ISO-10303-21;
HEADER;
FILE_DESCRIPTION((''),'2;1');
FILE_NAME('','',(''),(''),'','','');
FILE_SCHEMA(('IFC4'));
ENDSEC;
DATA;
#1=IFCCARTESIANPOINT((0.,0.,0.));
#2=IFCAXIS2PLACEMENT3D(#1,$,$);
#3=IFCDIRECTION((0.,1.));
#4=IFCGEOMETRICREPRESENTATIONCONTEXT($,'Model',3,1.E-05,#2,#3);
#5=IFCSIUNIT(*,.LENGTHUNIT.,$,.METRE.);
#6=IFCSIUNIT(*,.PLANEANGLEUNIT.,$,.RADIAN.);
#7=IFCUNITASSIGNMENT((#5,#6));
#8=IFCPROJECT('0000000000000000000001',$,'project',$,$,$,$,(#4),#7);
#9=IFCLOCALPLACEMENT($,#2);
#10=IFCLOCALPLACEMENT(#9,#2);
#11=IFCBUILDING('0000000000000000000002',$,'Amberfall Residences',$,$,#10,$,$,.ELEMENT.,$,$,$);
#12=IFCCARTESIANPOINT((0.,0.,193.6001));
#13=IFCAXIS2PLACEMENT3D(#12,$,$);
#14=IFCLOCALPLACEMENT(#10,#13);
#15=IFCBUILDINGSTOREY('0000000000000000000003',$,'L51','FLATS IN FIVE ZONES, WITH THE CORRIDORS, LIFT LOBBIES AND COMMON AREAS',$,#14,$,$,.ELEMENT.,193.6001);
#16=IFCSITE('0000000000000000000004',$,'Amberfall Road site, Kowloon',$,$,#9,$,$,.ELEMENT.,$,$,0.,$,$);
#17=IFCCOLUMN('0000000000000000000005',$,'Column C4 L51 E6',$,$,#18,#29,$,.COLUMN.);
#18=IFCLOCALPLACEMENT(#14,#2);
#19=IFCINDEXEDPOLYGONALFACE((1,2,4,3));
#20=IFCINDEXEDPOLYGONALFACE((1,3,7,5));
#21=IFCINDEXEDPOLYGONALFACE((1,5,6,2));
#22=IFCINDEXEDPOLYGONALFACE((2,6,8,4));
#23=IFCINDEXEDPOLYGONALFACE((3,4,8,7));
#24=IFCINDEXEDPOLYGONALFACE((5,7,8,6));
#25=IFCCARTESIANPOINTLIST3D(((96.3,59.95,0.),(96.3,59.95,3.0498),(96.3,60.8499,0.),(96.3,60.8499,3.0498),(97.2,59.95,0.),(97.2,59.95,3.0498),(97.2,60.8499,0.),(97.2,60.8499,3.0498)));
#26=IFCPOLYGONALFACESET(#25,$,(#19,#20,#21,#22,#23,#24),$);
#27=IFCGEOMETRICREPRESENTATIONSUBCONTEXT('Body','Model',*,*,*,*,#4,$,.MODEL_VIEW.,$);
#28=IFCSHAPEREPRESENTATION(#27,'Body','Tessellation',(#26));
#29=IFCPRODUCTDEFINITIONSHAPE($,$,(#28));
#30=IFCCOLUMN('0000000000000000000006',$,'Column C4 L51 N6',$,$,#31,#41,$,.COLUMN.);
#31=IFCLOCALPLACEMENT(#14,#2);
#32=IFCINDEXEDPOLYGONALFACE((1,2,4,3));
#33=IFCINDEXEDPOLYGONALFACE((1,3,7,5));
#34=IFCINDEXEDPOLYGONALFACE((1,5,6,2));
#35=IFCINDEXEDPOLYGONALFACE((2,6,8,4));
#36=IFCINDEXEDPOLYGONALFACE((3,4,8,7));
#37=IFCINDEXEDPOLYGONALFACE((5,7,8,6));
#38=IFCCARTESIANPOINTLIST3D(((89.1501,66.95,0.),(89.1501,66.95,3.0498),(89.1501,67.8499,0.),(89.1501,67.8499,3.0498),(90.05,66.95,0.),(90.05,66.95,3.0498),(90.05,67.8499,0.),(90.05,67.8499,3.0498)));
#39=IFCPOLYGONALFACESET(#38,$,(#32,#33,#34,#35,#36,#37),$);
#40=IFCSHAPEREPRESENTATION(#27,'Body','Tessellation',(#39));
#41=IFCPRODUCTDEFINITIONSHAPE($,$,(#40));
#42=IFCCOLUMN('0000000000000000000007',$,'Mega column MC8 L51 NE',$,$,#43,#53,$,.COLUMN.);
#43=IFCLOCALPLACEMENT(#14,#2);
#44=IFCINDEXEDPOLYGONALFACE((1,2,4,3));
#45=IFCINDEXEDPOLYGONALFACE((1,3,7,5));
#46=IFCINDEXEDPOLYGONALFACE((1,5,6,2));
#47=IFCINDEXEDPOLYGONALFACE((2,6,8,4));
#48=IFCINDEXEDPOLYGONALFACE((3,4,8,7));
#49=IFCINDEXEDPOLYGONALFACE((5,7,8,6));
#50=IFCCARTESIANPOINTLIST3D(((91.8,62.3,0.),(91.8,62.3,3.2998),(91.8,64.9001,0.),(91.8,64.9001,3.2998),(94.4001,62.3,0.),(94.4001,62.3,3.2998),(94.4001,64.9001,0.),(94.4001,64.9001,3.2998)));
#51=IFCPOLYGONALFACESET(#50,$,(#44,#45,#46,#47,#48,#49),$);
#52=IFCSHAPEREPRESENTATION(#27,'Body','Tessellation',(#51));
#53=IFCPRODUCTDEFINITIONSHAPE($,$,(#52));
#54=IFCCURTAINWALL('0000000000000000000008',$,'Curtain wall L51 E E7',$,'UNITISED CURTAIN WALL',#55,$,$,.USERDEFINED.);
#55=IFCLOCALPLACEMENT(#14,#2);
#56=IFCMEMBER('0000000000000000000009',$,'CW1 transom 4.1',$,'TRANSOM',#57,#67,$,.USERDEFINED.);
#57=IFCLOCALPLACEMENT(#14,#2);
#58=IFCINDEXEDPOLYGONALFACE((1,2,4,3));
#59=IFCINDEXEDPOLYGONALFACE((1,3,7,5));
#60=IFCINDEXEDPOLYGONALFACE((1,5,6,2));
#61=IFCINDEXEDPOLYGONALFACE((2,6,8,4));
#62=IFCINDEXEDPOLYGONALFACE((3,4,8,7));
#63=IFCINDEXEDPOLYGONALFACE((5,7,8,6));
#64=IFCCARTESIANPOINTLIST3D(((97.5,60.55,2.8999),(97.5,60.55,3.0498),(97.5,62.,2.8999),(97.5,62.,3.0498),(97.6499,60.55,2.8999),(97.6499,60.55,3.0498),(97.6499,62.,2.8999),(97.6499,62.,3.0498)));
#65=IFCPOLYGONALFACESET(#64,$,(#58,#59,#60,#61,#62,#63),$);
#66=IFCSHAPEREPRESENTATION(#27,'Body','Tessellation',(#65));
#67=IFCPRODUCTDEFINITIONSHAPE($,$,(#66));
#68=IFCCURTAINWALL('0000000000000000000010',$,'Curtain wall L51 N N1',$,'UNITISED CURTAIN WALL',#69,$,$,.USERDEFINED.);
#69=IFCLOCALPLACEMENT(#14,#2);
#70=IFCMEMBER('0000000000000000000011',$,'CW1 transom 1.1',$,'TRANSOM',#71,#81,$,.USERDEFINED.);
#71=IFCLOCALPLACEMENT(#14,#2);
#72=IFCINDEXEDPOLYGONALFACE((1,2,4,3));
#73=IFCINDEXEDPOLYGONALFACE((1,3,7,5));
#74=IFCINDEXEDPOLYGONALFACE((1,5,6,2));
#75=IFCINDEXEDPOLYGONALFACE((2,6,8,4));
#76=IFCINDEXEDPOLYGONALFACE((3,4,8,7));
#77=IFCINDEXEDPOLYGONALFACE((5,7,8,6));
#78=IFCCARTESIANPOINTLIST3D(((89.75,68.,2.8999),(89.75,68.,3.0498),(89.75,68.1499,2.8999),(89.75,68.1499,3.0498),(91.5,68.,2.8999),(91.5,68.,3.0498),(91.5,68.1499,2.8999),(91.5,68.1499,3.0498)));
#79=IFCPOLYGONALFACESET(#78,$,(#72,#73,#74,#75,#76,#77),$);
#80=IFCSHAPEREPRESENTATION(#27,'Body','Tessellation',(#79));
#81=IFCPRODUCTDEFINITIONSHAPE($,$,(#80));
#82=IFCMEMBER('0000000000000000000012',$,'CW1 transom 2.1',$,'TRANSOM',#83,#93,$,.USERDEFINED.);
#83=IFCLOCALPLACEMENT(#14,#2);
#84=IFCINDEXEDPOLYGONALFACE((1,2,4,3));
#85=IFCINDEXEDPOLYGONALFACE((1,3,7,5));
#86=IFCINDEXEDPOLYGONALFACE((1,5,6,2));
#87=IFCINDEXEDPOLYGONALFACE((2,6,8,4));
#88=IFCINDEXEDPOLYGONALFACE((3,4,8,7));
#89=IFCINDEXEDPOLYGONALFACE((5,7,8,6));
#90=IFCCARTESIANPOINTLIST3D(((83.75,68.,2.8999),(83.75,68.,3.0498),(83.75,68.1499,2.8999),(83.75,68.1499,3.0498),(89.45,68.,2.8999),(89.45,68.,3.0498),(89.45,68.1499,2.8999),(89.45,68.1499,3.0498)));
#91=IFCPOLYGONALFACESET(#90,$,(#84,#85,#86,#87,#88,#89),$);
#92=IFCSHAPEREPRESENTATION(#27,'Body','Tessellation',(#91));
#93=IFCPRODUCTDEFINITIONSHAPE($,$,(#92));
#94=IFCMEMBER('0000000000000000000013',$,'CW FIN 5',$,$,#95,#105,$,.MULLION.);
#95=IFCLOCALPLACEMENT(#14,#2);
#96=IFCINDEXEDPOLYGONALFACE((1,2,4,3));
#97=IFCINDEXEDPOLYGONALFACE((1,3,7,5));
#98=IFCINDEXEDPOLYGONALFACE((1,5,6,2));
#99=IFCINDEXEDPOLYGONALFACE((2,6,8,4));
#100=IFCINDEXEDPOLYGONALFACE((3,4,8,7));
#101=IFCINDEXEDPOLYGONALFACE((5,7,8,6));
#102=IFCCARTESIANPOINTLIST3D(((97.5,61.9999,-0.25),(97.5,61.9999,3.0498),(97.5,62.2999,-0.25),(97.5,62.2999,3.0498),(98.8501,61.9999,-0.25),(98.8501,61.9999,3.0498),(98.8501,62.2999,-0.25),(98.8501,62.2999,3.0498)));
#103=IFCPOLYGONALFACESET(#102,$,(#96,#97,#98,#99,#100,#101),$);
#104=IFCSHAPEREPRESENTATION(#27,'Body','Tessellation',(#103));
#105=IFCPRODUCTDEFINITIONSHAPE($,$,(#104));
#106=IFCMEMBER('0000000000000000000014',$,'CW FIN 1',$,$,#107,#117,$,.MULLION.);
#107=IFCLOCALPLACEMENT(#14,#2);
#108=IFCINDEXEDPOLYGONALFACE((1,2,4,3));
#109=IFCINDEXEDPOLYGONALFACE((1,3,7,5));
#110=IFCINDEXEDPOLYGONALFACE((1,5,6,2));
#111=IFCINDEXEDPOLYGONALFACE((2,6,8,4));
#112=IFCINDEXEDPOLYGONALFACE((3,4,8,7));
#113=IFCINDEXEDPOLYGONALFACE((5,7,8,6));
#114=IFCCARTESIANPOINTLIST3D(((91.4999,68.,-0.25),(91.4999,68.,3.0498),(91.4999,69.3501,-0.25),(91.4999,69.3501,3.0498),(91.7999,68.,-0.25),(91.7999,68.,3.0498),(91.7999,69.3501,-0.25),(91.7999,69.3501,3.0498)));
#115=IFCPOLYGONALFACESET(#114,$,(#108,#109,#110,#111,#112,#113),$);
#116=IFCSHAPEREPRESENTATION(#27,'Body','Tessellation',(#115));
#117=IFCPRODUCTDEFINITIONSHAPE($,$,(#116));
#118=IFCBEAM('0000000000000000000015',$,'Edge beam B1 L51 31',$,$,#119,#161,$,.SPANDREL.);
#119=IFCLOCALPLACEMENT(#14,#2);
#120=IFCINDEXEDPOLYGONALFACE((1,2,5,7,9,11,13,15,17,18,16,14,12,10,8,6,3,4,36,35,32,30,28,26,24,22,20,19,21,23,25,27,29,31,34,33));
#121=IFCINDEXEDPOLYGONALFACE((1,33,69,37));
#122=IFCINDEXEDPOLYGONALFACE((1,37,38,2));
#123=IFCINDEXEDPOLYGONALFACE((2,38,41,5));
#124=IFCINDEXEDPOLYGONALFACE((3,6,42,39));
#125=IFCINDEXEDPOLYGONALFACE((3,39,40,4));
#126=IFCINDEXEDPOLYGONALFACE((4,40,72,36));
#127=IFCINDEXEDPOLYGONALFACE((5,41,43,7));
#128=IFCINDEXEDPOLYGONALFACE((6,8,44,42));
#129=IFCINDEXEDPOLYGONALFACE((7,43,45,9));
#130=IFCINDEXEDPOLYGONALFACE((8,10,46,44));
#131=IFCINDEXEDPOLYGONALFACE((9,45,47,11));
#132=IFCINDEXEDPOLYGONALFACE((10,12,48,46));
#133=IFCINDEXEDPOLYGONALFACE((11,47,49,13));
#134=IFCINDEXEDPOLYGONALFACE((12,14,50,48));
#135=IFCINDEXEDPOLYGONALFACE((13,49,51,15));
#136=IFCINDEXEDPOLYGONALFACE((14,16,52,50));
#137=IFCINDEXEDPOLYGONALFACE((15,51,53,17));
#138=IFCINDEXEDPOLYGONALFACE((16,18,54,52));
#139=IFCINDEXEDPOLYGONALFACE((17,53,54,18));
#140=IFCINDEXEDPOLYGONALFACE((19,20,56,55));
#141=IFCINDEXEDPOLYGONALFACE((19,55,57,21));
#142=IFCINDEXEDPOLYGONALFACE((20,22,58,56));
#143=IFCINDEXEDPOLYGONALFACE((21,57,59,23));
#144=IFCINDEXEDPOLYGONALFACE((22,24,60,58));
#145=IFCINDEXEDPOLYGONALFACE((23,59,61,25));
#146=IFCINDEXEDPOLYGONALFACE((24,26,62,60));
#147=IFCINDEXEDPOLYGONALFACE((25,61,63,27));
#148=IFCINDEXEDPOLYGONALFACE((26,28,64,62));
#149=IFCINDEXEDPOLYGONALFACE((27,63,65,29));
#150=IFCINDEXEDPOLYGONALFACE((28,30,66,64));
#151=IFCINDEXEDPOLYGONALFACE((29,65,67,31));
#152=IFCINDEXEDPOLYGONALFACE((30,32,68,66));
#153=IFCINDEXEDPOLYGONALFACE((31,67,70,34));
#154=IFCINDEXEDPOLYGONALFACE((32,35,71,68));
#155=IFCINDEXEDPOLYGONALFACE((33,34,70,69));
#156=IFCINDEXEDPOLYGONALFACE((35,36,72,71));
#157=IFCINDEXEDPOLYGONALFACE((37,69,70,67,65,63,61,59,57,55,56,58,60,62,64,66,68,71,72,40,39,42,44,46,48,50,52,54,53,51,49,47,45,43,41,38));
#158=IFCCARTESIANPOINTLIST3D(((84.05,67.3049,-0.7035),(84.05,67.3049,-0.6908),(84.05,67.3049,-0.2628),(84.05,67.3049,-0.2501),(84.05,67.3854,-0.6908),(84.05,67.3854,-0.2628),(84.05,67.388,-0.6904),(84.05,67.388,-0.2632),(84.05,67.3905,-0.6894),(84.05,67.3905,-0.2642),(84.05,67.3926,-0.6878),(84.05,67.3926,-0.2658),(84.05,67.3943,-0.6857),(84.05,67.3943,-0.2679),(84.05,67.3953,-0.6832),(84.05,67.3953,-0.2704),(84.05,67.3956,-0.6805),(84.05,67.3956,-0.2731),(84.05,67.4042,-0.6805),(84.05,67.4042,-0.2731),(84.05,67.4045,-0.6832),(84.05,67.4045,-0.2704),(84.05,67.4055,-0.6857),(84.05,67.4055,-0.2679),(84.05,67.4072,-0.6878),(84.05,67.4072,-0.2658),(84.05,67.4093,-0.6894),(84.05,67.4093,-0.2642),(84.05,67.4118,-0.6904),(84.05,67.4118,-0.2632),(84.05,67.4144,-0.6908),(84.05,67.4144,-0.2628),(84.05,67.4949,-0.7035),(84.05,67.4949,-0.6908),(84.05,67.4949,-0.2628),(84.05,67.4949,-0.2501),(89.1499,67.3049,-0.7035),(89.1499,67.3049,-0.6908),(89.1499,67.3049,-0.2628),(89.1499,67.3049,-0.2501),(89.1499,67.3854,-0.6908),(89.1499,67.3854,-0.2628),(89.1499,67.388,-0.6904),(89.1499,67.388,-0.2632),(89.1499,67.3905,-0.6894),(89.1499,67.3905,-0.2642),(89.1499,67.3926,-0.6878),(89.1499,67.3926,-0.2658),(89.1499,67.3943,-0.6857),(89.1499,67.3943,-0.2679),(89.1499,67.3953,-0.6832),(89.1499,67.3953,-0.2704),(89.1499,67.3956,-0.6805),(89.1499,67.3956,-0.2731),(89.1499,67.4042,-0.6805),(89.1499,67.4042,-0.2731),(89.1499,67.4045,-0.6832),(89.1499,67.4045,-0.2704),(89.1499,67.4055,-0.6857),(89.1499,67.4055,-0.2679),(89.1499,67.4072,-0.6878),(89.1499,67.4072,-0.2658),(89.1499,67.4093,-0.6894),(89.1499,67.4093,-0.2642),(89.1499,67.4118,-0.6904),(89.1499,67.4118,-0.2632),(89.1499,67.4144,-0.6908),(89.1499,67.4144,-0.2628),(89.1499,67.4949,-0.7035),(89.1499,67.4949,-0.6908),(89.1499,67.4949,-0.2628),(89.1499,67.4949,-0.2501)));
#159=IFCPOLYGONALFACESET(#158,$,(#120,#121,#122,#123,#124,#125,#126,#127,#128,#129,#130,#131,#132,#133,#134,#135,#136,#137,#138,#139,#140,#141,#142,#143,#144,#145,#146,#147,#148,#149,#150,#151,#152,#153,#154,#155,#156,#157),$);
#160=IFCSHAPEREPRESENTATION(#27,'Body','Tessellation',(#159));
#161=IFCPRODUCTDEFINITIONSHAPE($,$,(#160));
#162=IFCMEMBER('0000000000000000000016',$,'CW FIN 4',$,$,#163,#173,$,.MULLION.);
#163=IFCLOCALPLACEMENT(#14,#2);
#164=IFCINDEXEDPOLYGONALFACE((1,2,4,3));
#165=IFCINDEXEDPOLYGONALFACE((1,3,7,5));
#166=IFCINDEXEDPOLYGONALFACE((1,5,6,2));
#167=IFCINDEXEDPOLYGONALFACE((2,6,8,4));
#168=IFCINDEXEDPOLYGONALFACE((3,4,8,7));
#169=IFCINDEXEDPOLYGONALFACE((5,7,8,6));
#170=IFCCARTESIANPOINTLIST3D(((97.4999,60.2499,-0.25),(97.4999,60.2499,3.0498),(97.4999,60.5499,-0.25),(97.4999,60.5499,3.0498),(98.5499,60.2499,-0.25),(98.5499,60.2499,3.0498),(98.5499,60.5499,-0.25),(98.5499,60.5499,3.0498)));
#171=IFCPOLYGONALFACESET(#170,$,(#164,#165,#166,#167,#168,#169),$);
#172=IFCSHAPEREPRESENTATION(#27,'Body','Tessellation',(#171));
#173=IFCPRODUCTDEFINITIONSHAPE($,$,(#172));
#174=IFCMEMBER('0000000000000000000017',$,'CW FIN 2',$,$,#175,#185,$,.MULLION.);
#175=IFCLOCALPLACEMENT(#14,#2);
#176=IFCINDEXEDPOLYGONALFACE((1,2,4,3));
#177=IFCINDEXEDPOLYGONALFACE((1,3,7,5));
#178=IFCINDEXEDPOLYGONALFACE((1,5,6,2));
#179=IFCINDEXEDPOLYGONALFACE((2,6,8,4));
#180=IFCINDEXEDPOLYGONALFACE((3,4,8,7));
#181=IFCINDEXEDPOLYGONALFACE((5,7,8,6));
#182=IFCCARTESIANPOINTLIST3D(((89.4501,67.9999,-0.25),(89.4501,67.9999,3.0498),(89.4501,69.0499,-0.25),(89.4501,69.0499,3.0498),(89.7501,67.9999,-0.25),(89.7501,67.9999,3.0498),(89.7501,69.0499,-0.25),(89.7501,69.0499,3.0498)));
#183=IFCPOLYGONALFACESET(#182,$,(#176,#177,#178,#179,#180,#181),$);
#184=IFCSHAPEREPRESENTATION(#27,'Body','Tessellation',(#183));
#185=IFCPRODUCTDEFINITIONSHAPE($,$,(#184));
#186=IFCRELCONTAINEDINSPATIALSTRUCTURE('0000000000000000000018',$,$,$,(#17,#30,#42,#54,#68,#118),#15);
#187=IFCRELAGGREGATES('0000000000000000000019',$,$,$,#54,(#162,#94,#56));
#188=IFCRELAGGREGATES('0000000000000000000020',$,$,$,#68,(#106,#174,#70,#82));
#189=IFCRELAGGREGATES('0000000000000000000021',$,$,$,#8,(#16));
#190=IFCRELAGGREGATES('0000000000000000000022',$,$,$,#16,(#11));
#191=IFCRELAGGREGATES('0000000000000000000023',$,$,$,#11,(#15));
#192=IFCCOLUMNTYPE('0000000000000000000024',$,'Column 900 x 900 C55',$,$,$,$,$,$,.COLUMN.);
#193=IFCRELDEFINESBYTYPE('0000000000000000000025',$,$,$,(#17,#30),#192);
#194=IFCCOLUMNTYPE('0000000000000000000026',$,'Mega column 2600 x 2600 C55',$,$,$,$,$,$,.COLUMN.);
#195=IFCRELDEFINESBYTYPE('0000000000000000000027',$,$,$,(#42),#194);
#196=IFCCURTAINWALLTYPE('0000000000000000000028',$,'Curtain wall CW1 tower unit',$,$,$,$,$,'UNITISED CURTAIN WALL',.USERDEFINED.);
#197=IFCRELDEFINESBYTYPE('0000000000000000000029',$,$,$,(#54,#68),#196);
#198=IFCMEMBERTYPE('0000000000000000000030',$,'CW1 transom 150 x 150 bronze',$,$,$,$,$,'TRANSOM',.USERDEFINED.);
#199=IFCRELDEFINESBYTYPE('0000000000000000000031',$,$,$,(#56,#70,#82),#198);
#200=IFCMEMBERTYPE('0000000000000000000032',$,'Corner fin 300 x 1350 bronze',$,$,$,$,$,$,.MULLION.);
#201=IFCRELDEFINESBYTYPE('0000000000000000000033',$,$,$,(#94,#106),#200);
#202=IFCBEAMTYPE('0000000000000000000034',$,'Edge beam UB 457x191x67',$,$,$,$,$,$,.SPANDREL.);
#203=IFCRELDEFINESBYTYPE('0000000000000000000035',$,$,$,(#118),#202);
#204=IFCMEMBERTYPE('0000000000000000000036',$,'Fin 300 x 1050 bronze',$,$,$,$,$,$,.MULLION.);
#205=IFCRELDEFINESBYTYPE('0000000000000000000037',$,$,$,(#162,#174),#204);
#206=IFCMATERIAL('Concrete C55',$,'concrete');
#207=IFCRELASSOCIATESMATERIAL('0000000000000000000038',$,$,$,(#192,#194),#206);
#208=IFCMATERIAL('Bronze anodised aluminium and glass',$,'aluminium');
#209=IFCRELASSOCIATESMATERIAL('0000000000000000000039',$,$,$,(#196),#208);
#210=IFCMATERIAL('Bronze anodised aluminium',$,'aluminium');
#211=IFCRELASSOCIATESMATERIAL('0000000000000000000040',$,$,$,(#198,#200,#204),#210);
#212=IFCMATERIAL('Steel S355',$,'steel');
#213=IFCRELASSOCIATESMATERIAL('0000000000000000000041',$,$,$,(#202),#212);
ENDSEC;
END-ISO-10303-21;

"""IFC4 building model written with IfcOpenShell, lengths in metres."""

from ifc_helpers import new_model, si_unit, direction, frame, origin, origin_2d, place, context, subcontext, project, spatial, rectangle, i_section, extrude, material, material_profile, profile_set, type_object, element, aggregate, save


model = new_model("IFC4")

# Units and contexts
model_context = context("Model", 3, precision=1e-05, world=origin(), true_north=direction((0.0, 1.0)))
body_context = subcontext(model_context, "Body", "Model", "MODEL_VIEW")
ifc_project = project(units=[si_unit("LENGTHUNIT", "METRE"), si_unit("PLANEANGLEUNIT", "RADIAN")], contexts=[model_context])

# Site, building, storey
site_placement = place(None, origin())
site = spatial("IfcSite", under=ifc_project, at=site_placement, Name="Amberfall Road site, Kowloon", CompositionType="ELEMENT", RefElevation=0.0)
building_placement = place(site_placement, origin())
building = spatial("IfcBuilding", under=site, at=building_placement, Name="Amberfall Residences", CompositionType="ELEMENT")
storey_placement = place(building_placement, frame((0.0, 0.0, 193.6001)))
storey = spatial("IfcBuildingStorey", under=building, at=storey_placement, Name="L51", Description="FLATS IN FIVE ZONES, WITH THE CORRIDORS, LIFT LOBBIES AND COMMON AREAS", CompositionType="ELEMENT", Elevation=193.6001)

# Columns
ifc_material_1 = material(Name="Concrete C55", Category="concrete")
ifc_material_profile_1 = material_profile(ifc_material_1, rectangle(XDim=0.8999, YDim=0.8999, at=origin_2d()), Name="Column 900 x 900 C55")
ifc_profile_set_1 = profile_set([ifc_material_profile_1], Name="Concrete C55")
column_type_1 = type_object("IfcColumnType", Name="Column 900 x 900 C55", PredefinedType="COLUMN", material=ifc_profile_set_1)
for number, where, z_axis, x_axis, name in (
    (1, (96.75, 60.3999, 0.0), (0.0, 0.0, 1.0), (1.0, 0.0, 0.0), "Column C4 L51 E6"),
    (2, (89.6001, 67.3999, 0.0), (0.0, 0.0, 1.0), (1.0, 0.0, 0.0), "Column C4 L51 N6"),
):
    element("IfcColumn", number, at=place(storey_placement, frame(where, z_axis=z_axis, x_axis=x_axis)), inside=storey, type_object=column_type_1, Name=name, PredefinedType="COLUMN", context=body_context, shape_type="SweptSolid", body=[
        extrude(rectangle(XDim=0.8999, YDim=0.8999, at=origin_2d()), origin(), (0.0, 0.0, 1.0), 3.0498),
    ])
ifc_material_profile_2 = material_profile(ifc_material_1, rectangle(XDim=2.6001, YDim=2.6001, at=origin_2d()), Name="Mega column 2600 x 2600 C55")
ifc_profile_set_2 = profile_set([ifc_material_profile_2], Name="Concrete C55")
column_type_2 = type_object("IfcColumnType", Name="Mega column 2600 x 2600 C55", PredefinedType="COLUMN", material=ifc_profile_set_2)
column_placement = place(storey_placement, frame((93.1001, 63.6001, 0.0), z_axis=(0.0, 0.0, 1.0), x_axis=(1.0, 0.0, 0.0)))
element("IfcColumn", 3, at=column_placement, inside=storey, type_object=column_type_2, Name="Mega column MC8 L51 NE", PredefinedType="COLUMN", context=body_context, shape_type="SweptSolid", body=[
    extrude(rectangle(XDim=2.6001, YDim=2.6001, at=origin_2d()), origin(), (0.0, 0.0, 1.0), 3.2998),
])

# Curtain wall, member
ifc_material_2 = material(Name="Bronze anodised aluminium and glass", Category="aluminium")
curtain_wall_type = type_object("IfcCurtainWallType", Name="Curtain wall CW1 tower unit", ElementType="UNITISED CURTAIN WALL", PredefinedType="USERDEFINED", material=ifc_material_2)
curtain_wall_1_placement = place(storey_placement, origin())
curtain_wall_1 = element("IfcCurtainWall", 4, at=curtain_wall_1_placement, inside=storey, type_object=curtain_wall_type, Name="Curtain wall L51 E E7", ObjectType="UNITISED CURTAIN WALL", PredefinedType="USERDEFINED")
ifc_material_3 = material(Name="Bronze anodised aluminium", Category="aluminium")
ifc_material_profile_3 = material_profile(ifc_material_3, rectangle(XDim=0.1499, YDim=0.1499, at=origin_2d()), Name="CW1 transom 150 x 150 bronze")
ifc_profile_set_3 = profile_set([ifc_material_profile_3], Name="Bronze anodised aluminium")
member_type_1 = type_object("IfcMemberType", Name="CW1 transom 150 x 150 bronze", ElementType="TRANSOM", PredefinedType="USERDEFINED", material=ifc_profile_set_3)
member_1_placement = place(storey_placement, frame((97.575, 60.55, 2.9749), z_axis=(0.0, 1.0, 0.0), x_axis=(-1.0, 0.0, 0.0)))
member_1 = element("IfcMember", 5, at=member_1_placement, type_object=member_type_1, Name="CW1 transom 4.1", ObjectType="TRANSOM", PredefinedType="USERDEFINED", context=body_context, shape_type="SweptSolid", body=[
    extrude(rectangle(XDim=0.1499, YDim=0.1499, at=origin_2d()), origin(), (0.0, 0.0, 1.0), 1.45),
])

# Curtain wall, members
curtain_wall_2_placement = place(storey_placement, origin())
curtain_wall_2 = element("IfcCurtainWall", 6, at=curtain_wall_2_placement, inside=storey, type_object=curtain_wall_type, Name="Curtain wall L51 N N1", ObjectType="UNITISED CURTAIN WALL", PredefinedType="USERDEFINED")
member_2_placement = place(storey_placement, frame((91.5, 68.075, 2.9749), z_axis=(-1.0, 0.0, 0.0), x_axis=(0.0, -1.0, 0.0)))
member_2 = element("IfcMember", 7, at=member_2_placement, type_object=member_type_1, Name="CW1 transom 1.1", ObjectType="TRANSOM", PredefinedType="USERDEFINED", context=body_context, shape_type="SweptSolid", body=[
    extrude(rectangle(XDim=0.1499, YDim=0.1499, at=origin_2d()), origin(), (0.0, 0.0, 1.0), 1.75),
])
member_3_placement = place(storey_placement, frame((89.45, 68.075, 2.9749), z_axis=(-1.0, 0.0, 0.0), x_axis=(0.0, -1.0, 0.0)))
member_3 = element("IfcMember", 8, at=member_3_placement, type_object=member_type_1, Name="CW1 transom 2.1", ObjectType="TRANSOM", PredefinedType="USERDEFINED", context=body_context, shape_type="SweptSolid", body=[
    extrude(rectangle(XDim=0.1499, YDim=0.1499, at=origin_2d()), origin(), (0.0, 0.0, 1.0), 5.7),
])

# Members
ifc_material_profile_4 = material_profile(ifc_material_3, rectangle(XDim=1.3501, YDim=0.3, at=origin_2d()), Name="Corner fin 300 x 1350 bronze")
ifc_profile_set_4 = profile_set([ifc_material_profile_4], Name="Bronze anodised aluminium")
member_type_2 = type_object("IfcMemberType", Name="Corner fin 300 x 1350 bronze", PredefinedType="MULLION", material=ifc_profile_set_4)
member_4_placement = place(storey_placement, frame((98.175, 62.1499, -0.25), z_axis=(0.0, 0.0, 1.0), x_axis=(-1.0, 0.0, 0.0)))
member_4 = element("IfcMember", 9, at=member_4_placement, type_object=member_type_2, Name="CW FIN 5", PredefinedType="MULLION", context=body_context, shape_type="SweptSolid", body=[
    extrude(rectangle(XDim=1.3501, YDim=0.3, at=origin_2d()), origin(), (0.0, 0.0, 1.0), 3.2998),
])
member_5_placement = place(storey_placement, frame((91.6499, 68.675, -0.25), z_axis=(0.0, 0.0, 1.0), x_axis=(0.0, -1.0, 0.0)))
member_5 = element("IfcMember", 10, at=member_5_placement, type_object=member_type_2, Name="CW FIN 1", PredefinedType="MULLION", context=body_context, shape_type="SweptSolid", body=[
    extrude(rectangle(XDim=1.3501, YDim=0.3, at=origin_2d()), origin(), (0.0, 0.0, 1.0), 3.2998),
])

# Beam
ifc_material_4 = material(Name="Steel S355", Category="steel")
ifc_material_profile_5 = material_profile(ifc_material_4, i_section(OverallWidth=0.1899, OverallDepth=0.4534, WebThickness=0.0085, FlangeThickness=0.0127, FilletRadius=0.0103, at=origin_2d()), Name="UB 457x191x67")
ifc_profile_set_5 = profile_set([ifc_material_profile_5], Name="Steel S355")
beam_type_1 = type_object("IfcBeamType", Name="Edge beam UB 457x191x67", PredefinedType="SPANDREL", material=ifc_profile_set_5)
beam_1_placement = place(storey_placement, frame((84.05, 67.3999, -0.4768), z_axis=(1.0, 0.0, 0.0), x_axis=(0.0, 1.0, 0.0)))
element("IfcBeam", 11, at=beam_1_placement, inside=storey, type_object=beam_type_1, Name="Edge beam B1 L51 31", PredefinedType="SPANDREL", context=body_context, shape_type="SweptSolid", body=[
    extrude(i_section(OverallWidth=0.1899, OverallDepth=0.4534, WebThickness=0.0085, FlangeThickness=0.0127, FilletRadius=0.0103, at=origin_2d()), origin(), (0.0, 0.0, 1.0), 5.0999),
])

# Members
ifc_material_profile_6 = material_profile(ifc_material_3, rectangle(XDim=1.05, YDim=0.3, at=origin_2d()), Name="Fin 300 x 1050 bronze")
ifc_profile_set_6 = profile_set([ifc_material_profile_6], Name="Bronze anodised aluminium")
member_type_3 = type_object("IfcMemberType", Name="Fin 300 x 1050 bronze", PredefinedType="MULLION", material=ifc_profile_set_6)
member_6_placement = place(storey_placement, frame((98.0249, 60.3999, -0.25), z_axis=(0.0, 0.0, 1.0), x_axis=(-1.0, 0.0, 0.0)))
member_6 = element("IfcMember", 12, at=member_6_placement, type_object=member_type_3, Name="CW FIN 4", PredefinedType="MULLION", context=body_context, shape_type="SweptSolid", body=[
    extrude(rectangle(XDim=1.05, YDim=0.3, at=origin_2d()), origin(), (0.0, 0.0, 1.0), 3.2998),
])
member_7_placement = place(storey_placement, frame((89.6001, 68.5249, -0.25), z_axis=(0.0, 0.0, 1.0), x_axis=(0.0, -1.0, 0.0)))
member_7 = element("IfcMember", 13, at=member_7_placement, type_object=member_type_3, Name="CW FIN 2", PredefinedType="MULLION", context=body_context, shape_type="SweptSolid", body=[
    extrude(rectangle(XDim=1.05, YDim=0.3, at=origin_2d()), origin(), (0.0, 0.0, 1.0), 3.2998),
])

aggregate(curtain_wall_1, [member_6, member_4, member_1])
aggregate(curtain_wall_2, [member_5, member_7, member_2, member_3])

save(model, "model.ifc")
